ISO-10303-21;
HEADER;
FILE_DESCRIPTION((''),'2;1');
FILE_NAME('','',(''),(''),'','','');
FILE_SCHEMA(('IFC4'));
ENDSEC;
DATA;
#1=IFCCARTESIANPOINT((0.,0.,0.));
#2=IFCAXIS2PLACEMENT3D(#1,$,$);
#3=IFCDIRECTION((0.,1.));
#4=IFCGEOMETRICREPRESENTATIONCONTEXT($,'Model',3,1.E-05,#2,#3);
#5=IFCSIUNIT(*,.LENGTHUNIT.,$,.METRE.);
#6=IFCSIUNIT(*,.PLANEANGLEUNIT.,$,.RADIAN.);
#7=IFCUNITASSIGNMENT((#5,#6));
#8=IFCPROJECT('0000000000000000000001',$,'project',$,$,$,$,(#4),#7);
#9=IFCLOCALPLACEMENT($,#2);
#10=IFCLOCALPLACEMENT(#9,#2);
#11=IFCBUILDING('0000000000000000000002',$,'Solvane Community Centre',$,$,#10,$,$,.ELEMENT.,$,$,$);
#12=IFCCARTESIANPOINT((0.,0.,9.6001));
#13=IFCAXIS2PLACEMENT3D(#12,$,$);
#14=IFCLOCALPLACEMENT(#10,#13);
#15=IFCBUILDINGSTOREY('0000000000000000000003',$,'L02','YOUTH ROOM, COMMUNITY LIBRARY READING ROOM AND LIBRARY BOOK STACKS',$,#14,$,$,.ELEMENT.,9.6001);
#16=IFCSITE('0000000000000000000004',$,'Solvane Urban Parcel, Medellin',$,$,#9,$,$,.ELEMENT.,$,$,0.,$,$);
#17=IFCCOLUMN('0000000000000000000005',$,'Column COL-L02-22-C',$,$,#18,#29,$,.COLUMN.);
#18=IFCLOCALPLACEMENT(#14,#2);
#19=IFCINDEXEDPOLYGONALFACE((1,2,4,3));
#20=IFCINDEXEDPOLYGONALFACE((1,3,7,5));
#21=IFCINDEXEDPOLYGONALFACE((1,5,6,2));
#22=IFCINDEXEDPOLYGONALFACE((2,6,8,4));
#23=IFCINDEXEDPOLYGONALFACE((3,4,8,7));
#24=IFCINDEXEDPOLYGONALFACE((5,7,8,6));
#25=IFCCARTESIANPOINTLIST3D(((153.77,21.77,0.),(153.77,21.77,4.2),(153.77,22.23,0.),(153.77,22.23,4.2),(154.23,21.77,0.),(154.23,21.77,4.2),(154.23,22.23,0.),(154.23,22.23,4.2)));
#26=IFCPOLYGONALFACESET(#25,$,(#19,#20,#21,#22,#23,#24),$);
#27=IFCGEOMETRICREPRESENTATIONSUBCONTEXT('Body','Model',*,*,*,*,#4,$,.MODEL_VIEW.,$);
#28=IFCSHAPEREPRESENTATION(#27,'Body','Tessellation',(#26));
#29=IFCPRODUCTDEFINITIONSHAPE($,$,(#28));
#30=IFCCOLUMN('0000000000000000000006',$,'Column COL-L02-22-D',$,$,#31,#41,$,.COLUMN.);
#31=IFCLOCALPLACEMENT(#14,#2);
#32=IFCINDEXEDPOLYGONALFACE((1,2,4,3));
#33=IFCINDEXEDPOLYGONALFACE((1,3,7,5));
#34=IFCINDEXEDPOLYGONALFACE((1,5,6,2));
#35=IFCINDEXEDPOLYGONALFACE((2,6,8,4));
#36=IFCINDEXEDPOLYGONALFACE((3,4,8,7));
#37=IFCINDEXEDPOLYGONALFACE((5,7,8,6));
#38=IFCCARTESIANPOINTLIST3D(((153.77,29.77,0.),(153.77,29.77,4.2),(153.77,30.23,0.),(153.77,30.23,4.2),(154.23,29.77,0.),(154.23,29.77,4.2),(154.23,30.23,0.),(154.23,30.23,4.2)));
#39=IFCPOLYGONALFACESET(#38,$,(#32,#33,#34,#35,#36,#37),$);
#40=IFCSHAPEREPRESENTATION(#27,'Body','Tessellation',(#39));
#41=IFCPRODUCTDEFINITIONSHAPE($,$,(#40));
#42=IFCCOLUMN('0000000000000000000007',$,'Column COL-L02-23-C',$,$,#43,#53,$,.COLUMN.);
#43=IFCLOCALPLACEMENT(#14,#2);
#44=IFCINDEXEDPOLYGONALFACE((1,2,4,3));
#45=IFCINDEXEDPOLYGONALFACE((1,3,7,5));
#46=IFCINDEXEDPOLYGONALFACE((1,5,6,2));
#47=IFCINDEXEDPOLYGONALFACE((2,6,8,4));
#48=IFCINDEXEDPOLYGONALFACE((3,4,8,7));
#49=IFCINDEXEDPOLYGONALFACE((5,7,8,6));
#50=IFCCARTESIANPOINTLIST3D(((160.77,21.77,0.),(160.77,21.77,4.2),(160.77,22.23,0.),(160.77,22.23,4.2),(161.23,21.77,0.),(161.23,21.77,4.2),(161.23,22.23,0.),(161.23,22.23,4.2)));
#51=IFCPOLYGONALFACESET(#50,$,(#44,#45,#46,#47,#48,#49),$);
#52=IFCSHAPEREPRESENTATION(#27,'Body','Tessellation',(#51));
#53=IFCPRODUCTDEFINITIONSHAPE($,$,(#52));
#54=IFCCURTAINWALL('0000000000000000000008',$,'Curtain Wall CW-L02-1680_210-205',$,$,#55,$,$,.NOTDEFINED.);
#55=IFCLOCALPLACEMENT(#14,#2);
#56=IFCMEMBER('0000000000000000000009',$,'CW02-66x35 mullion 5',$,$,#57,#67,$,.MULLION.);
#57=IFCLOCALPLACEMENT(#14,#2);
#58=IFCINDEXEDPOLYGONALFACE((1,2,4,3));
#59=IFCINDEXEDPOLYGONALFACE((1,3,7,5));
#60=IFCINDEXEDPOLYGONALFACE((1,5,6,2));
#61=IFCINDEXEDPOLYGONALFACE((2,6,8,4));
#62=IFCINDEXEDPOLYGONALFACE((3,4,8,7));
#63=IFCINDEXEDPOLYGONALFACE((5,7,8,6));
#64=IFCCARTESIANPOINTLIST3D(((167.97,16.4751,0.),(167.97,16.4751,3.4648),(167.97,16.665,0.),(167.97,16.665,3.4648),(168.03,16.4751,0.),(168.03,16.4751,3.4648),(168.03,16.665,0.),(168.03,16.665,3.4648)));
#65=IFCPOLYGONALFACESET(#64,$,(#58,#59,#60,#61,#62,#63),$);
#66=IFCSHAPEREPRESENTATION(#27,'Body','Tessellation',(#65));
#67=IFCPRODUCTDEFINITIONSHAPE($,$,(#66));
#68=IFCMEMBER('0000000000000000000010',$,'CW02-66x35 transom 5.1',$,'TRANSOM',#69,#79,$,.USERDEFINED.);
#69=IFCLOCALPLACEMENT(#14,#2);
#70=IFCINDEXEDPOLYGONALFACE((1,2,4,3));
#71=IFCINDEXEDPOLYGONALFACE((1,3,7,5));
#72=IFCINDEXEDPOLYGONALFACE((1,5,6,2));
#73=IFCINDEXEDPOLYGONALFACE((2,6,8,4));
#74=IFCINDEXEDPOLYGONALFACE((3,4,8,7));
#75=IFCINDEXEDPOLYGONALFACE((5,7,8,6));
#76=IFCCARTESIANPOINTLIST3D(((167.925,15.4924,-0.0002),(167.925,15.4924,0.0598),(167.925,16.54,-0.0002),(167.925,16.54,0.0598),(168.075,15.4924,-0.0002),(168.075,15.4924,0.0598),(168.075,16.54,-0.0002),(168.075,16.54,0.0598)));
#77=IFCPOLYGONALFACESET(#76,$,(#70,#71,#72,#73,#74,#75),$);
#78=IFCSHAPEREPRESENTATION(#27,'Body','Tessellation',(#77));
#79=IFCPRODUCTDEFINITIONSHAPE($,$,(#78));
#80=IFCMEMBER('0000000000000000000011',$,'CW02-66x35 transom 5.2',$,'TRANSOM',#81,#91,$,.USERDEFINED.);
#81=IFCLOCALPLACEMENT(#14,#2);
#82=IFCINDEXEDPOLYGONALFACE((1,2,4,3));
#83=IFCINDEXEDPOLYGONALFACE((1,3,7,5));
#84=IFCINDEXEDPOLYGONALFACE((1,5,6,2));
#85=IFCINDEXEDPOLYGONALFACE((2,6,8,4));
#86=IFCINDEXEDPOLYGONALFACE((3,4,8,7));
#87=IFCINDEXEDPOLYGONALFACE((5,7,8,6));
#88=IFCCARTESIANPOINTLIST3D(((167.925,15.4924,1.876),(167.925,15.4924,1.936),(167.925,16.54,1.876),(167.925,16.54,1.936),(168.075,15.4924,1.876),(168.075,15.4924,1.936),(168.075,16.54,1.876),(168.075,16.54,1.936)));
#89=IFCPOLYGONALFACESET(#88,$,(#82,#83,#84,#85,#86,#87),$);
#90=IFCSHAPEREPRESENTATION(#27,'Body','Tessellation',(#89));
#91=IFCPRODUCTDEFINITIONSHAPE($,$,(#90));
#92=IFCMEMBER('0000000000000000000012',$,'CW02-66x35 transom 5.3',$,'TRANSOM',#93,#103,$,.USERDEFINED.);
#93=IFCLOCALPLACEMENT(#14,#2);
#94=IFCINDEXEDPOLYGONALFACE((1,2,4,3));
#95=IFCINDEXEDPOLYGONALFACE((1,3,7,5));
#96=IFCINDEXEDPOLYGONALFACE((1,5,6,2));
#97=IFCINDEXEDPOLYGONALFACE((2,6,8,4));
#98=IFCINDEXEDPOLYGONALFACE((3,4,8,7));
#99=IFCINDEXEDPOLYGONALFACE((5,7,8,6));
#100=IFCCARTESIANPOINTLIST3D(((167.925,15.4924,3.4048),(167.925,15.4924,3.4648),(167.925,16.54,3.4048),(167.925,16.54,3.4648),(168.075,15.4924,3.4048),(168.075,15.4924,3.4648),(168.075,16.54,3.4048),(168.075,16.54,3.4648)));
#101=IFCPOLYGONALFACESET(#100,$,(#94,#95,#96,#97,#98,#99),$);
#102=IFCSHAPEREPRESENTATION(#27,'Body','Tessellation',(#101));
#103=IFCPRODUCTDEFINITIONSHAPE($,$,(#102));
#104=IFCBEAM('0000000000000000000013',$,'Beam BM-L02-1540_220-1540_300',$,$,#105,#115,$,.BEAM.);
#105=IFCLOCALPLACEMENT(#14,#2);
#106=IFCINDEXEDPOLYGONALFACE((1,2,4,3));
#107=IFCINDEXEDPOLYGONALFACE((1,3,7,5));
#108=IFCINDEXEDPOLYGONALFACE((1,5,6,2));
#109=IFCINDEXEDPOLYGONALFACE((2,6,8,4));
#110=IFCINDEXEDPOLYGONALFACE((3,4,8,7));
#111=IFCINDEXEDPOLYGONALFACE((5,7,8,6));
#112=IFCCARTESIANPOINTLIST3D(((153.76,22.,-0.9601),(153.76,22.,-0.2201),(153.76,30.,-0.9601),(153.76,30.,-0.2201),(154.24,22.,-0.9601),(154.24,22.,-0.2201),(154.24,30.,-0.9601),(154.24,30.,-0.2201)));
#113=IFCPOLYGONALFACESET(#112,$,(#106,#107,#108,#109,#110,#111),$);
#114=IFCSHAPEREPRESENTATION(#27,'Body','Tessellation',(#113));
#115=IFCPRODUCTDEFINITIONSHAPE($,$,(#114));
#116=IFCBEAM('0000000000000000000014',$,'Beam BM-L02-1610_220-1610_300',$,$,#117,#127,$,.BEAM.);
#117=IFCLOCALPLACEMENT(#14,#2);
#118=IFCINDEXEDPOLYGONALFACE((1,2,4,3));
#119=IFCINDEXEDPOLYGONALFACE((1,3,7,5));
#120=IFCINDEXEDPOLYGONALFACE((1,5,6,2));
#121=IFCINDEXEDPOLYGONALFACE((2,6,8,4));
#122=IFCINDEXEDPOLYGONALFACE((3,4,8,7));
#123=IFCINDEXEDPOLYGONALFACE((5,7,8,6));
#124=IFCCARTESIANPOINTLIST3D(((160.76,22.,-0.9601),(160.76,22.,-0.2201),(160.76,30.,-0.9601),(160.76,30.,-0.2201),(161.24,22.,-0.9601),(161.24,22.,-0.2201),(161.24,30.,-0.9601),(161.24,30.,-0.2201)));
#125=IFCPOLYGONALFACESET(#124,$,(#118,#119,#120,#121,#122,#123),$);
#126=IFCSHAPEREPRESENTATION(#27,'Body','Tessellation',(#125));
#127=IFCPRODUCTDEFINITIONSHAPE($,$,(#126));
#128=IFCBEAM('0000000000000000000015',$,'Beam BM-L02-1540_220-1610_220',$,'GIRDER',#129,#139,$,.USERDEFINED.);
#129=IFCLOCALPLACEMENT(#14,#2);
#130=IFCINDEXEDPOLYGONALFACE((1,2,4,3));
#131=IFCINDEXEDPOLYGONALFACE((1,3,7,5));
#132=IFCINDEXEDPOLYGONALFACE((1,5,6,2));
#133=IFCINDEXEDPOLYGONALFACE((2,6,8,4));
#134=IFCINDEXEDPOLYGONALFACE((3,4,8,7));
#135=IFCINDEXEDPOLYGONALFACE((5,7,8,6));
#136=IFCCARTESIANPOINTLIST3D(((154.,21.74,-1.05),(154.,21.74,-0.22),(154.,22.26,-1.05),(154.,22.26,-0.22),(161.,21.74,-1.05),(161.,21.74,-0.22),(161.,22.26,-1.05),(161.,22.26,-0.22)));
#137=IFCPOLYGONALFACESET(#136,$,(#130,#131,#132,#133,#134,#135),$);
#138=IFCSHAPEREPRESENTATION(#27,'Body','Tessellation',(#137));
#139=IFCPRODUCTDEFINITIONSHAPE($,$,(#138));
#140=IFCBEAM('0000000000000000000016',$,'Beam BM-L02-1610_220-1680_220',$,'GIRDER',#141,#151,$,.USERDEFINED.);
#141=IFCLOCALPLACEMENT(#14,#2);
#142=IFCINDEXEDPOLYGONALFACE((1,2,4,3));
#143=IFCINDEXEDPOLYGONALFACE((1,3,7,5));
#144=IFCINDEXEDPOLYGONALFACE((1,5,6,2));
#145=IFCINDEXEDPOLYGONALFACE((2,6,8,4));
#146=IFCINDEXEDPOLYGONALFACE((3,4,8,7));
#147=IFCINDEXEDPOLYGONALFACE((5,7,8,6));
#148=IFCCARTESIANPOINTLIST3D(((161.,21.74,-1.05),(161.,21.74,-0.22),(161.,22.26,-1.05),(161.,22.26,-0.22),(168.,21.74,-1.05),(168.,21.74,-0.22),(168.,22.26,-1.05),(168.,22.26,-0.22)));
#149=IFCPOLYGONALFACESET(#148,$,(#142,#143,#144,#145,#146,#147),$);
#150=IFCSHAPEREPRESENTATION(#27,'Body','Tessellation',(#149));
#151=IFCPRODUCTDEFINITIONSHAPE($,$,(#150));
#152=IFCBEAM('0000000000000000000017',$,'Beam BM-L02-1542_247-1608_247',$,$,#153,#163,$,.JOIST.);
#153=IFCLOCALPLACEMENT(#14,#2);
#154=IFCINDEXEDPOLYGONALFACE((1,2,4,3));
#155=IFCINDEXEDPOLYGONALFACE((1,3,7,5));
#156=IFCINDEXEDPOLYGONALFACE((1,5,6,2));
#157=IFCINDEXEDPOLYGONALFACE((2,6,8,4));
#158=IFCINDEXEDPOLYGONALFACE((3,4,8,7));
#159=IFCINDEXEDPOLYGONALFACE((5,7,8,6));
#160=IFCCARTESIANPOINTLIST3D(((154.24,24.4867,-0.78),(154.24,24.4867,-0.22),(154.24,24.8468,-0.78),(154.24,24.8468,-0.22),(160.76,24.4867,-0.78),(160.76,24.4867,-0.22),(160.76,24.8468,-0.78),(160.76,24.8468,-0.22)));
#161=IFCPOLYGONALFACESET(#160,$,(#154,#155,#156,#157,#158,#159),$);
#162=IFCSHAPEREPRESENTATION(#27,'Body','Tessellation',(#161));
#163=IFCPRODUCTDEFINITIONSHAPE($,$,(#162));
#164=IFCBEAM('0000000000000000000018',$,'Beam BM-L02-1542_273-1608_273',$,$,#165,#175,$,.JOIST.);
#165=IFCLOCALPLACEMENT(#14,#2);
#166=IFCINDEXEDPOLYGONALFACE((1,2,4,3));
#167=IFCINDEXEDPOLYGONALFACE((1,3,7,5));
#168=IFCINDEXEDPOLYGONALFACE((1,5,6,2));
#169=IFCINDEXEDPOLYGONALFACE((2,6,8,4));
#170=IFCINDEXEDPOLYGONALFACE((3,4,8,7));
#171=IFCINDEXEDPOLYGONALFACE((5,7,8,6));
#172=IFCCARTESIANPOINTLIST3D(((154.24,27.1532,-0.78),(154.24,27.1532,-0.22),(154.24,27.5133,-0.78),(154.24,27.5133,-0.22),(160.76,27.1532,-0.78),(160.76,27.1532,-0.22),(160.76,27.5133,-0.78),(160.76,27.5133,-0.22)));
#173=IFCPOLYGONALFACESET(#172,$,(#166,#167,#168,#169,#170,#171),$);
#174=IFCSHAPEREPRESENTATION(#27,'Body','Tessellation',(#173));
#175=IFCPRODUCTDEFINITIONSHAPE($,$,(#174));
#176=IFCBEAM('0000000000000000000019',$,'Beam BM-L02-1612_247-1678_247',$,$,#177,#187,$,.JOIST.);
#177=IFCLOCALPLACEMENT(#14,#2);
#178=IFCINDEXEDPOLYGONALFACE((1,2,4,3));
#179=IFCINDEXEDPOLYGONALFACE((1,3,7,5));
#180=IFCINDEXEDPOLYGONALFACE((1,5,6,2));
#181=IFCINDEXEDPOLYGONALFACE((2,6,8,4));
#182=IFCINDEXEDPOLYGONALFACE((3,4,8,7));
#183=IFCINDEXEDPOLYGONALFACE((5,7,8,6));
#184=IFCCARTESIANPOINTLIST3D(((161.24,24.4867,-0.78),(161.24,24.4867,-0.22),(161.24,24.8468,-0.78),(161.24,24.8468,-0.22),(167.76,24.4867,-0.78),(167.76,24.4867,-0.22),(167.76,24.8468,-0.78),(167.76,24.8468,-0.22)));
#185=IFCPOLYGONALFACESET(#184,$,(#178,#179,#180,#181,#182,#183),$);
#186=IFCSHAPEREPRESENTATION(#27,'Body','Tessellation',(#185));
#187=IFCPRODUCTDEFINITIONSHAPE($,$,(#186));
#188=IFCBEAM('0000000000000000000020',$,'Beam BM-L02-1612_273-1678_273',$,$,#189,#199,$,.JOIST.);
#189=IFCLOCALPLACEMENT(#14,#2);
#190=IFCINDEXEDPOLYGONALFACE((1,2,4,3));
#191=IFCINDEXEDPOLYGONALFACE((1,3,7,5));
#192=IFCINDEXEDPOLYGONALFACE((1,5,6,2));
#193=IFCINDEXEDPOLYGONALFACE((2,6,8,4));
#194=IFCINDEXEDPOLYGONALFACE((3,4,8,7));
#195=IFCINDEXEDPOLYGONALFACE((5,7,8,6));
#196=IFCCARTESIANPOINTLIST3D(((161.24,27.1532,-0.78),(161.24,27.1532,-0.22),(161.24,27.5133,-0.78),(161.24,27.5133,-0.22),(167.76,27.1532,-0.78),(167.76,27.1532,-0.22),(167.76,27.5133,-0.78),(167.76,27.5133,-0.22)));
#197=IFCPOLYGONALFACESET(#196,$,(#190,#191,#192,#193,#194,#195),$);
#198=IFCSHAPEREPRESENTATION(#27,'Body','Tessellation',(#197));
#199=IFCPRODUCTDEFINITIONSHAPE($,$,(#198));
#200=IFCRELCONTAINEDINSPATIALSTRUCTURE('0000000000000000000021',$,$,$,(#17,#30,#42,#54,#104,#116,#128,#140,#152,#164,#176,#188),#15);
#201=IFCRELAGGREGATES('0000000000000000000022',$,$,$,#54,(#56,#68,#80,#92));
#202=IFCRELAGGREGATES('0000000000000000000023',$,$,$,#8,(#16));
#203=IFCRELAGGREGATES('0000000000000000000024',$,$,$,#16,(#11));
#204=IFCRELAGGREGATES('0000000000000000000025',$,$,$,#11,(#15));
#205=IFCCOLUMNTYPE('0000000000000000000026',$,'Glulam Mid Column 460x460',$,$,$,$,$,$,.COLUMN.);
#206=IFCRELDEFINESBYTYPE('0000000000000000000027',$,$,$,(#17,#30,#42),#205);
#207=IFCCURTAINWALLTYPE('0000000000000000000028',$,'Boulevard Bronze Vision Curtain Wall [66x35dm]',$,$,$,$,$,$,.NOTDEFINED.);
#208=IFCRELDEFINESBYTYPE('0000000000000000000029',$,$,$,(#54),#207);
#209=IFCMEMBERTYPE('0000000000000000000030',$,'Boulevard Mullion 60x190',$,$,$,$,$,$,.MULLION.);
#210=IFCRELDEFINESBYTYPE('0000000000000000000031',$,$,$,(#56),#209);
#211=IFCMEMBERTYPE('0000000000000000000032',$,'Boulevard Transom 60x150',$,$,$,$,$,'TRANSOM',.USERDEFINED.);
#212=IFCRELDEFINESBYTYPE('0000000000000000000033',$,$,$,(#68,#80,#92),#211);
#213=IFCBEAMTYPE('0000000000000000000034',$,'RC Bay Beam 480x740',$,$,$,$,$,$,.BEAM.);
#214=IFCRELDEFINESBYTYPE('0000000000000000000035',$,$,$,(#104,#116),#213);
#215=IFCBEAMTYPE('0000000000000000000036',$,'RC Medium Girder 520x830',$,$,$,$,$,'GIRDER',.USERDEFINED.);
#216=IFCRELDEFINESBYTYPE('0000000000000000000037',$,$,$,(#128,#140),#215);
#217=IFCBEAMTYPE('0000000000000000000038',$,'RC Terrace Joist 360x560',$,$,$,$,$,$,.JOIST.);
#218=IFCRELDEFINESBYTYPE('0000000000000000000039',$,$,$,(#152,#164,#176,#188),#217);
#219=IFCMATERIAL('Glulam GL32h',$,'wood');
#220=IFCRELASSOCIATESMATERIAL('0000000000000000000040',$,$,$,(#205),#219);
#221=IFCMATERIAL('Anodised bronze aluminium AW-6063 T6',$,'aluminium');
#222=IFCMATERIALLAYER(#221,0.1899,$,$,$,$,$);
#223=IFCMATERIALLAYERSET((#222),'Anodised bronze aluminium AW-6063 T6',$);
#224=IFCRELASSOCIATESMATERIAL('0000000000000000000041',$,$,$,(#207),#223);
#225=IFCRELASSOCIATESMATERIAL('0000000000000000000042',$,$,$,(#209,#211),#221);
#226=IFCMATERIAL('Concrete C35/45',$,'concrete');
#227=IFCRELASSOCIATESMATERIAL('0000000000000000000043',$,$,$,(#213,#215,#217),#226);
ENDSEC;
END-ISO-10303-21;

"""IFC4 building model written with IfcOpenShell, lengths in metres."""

from ifc_helpers import new_model, si_unit, direction, frame, origin, origin_2d, place, context, subcontext, project, spatial, rectangle, extrude, material, layer, layer_set, material_profile, profile_set, type_object, element, aggregate, save


model = new_model("IFC4")

# Units and contexts
model_context = context("Model", 3, precision=1e-05, world=origin(), true_north=direction((0.0, 1.0)))
body_context = subcontext(model_context, "Body", "Model", "MODEL_VIEW")
ifc_project = project(units=[si_unit("LENGTHUNIT", "METRE"), si_unit("PLANEANGLEUNIT", "RADIAN")], contexts=[model_context])

# Site, building, storey
site_placement = place(None, origin())
site = spatial("IfcSite", under=ifc_project, at=site_placement, Name="Solvane Urban Parcel, Medellin", CompositionType="ELEMENT", RefElevation=0.0)
building_placement = place(site_placement, origin())
building = spatial("IfcBuilding", under=site, at=building_placement, Name="Solvane Community Centre", CompositionType="ELEMENT")
storey_placement = place(building_placement, frame((0.0, 0.0, 9.6001)))
storey = spatial("IfcBuildingStorey", under=building, at=storey_placement, Name="L02", Description="YOUTH ROOM, COMMUNITY LIBRARY READING ROOM AND LIBRARY BOOK STACKS", CompositionType="ELEMENT", Elevation=9.6001)

# Columns
ifc_material_1 = material(Name="Glulam GL32h", Category="wood")
ifc_material_profile_1 = material_profile(ifc_material_1, rectangle(XDim=0.46, YDim=0.46, at=origin_2d()), Name="GL32h 460x460")
ifc_profile_set_1 = profile_set([ifc_material_profile_1], Name="Glulam GL32h")
column_type = type_object("IfcColumnType", Name="Glulam Mid Column 460x460", PredefinedType="COLUMN", material=ifc_profile_set_1)
for number, where, z_axis, x_axis, name in (
    (1, (154.0, 22.0, 0.0), (0.0, 0.0, 1.0), (1.0, 0.0, 0.0), "Column COL-L02-22-C"),
    (2, (154.0, 30.0, 0.0), (0.0, 0.0, 1.0), (1.0, 0.0, 0.0), "Column COL-L02-22-D"),
    (3, (161.0, 22.0, 0.0), (0.0, 0.0, 1.0), (1.0, 0.0, 0.0), "Column COL-L02-23-C"),
):
    element("IfcColumn", number, at=place(storey_placement, frame(where, z_axis=z_axis, x_axis=x_axis)), inside=storey, type_object=column_type, Name=name, PredefinedType="COLUMN", context=body_context, shape_type="SweptSolid", body=[
        extrude(rectangle(XDim=0.46, YDim=0.46, at=origin_2d()), origin(), (0.0, 0.0, 1.0), 4.2),
    ])

# Curtain wall, members
ifc_material_2 = material(Name="Anodised bronze aluminium AW-6063 T6", Category="aluminium")
ifc_layer_1 = layer(ifc_material_2, 0.1899)
ifc_layer_set_1 = layer_set([ifc_layer_1], Name="Anodised bronze aluminium AW-6063 T6")
curtain_wall_type = type_object("IfcCurtainWallType", Name="Boulevard Bronze Vision Curtain Wall [66x35dm]", PredefinedType="NOTDEFINED", material=ifc_layer_set_1)
curtain_wall_placement = place(storey_placement, origin())
curtain_wall = element("IfcCurtainWall", 4, at=curtain_wall_placement, inside=storey, type_object=curtain_wall_type, Name="Curtain Wall CW-L02-1680_210-205", PredefinedType="NOTDEFINED")
ifc_material_profile_2 = material_profile(ifc_material_2, rectangle(XDim=0.0601, YDim=0.1899, at=origin_2d()), Name="CW-M 60x190")
ifc_profile_set_2 = profile_set([ifc_material_profile_2], Name="Anodised bronze aluminium AW-6063 T6")
member_type_1 = type_object("IfcMemberType", Name="Boulevard Mullion 60x190", PredefinedType="MULLION", material=ifc_profile_set_2)
member_1_placement = place(storey_placement, frame((168.0, 16.5701, 0.0), z_axis=(0.0, 0.0, 1.0), x_axis=(1.0, 0.0, 0.0)))
member_1 = element("IfcMember", 5, at=member_1_placement, type_object=member_type_1, Name="CW02-66x35 mullion 5", PredefinedType="MULLION", context=body_context, shape_type="SweptSolid", body=[
    extrude(rectangle(XDim=0.0601, YDim=0.1899, at=origin_2d()), origin(), (0.0, 0.0, 1.0), 3.4648),
])
ifc_material_profile_3 = material_profile(ifc_material_2, rectangle(XDim=0.1499, YDim=0.0601, at=origin_2d()), Name="CW-T 60x150")
ifc_profile_set_3 = profile_set([ifc_material_profile_3], Name="Anodised bronze aluminium AW-6063 T6")
member_type_2 = type_object("IfcMemberType", Name="Boulevard Transom 60x150", ElementType="TRANSOM", PredefinedType="USERDEFINED", material=ifc_profile_set_3)
member_2_placement = place(storey_placement, frame((168.0, 16.54, 0.0298), z_axis=(0.0, -1.0, 0.0), x_axis=(1.0, 0.0, 0.0)))
member_2 = element("IfcMember", 6, at=member_2_placement, type_object=member_type_2, Name="CW02-66x35 transom 5.1", ObjectType="TRANSOM", PredefinedType="USERDEFINED", context=body_context, shape_type="SweptSolid", body=[
    extrude(rectangle(XDim=0.1499, YDim=0.0601, at=origin_2d()), origin(), (0.0, 0.0, 1.0), 1.0476),
])
member_3_placement = place(storey_placement, frame((168.0, 16.54, 1.906), z_axis=(0.0, -1.0, 0.0), x_axis=(1.0, 0.0, 0.0)))
member_3 = element("IfcMember", 7, at=member_3_placement, type_object=member_type_2, Name="CW02-66x35 transom 5.2", ObjectType="TRANSOM", PredefinedType="USERDEFINED", context=body_context, shape_type="SweptSolid", body=[
    extrude(rectangle(XDim=0.1499, YDim=0.0601, at=origin_2d()), origin(), (0.0, 0.0, 1.0), 1.0476),
])
member_4_placement = place(storey_placement, frame((168.0, 16.54, 3.4348), z_axis=(0.0, -1.0, 0.0), x_axis=(1.0, 0.0, 0.0)))
member_4 = element("IfcMember", 8, at=member_4_placement, type_object=member_type_2, Name="CW02-66x35 transom 5.3", ObjectType="TRANSOM", PredefinedType="USERDEFINED", context=body_context, shape_type="SweptSolid", body=[
    extrude(rectangle(XDim=0.1499, YDim=0.0601, at=origin_2d()), origin(), (0.0, 0.0, 1.0), 1.0476),
])

# Beams
ifc_material_3 = material(Name="Concrete C35/45", Category="concrete")
ifc_material_profile_4 = material_profile(ifc_material_3, rectangle(XDim=0.48, YDim=0.74, at=origin_2d()), Name="RC 480x740")
ifc_profile_set_4 = profile_set([ifc_material_profile_4], Name="Concrete C35/45")
beam_type_1 = type_object("IfcBeamType", Name="RC Bay Beam 480x740", PredefinedType="BEAM", material=ifc_profile_set_4)
for number, where, z_axis, x_axis, name in (
    (9, (154.0, 22.0, -0.5901), (0.0, 1.0, 0.0), (-1.0, 0.0, 0.0), "Beam BM-L02-1540_220-1540_300"),
    (10, (161.0, 22.0, -0.5901), (0.0, 1.0, 0.0), (-1.0, 0.0, 0.0), "Beam BM-L02-1610_220-1610_300"),
):
    element("IfcBeam", number, at=place(storey_placement, frame(where, z_axis=z_axis, x_axis=x_axis)), inside=storey, type_object=beam_type_1, Name=name, PredefinedType="BEAM", context=body_context, shape_type="SweptSolid", body=[
        extrude(rectangle(XDim=0.48, YDim=0.74, at=origin_2d()), origin(), (0.0, 0.0, 1.0), 8.0),
    ])
ifc_material_profile_5 = material_profile(ifc_material_3, rectangle(XDim=0.52, YDim=0.8301, at=origin_2d()), Name="RC 520x830")
ifc_profile_set_5 = profile_set([ifc_material_profile_5], Name="Concrete C35/45")
beam_type_2 = type_object("IfcBeamType", Name="RC Medium Girder 520x830", ElementType="GIRDER", PredefinedType="USERDEFINED", material=ifc_profile_set_5)
for number, where, z_axis, x_axis, name in (
    (11, (154.0, 22.0, -0.635), (1.0, 0.0, 0.0), (0.0, 1.0, 0.0), "Beam BM-L02-1540_220-1610_220"),
    (12, (161.0, 22.0, -0.635), (1.0, 0.0, 0.0), (0.0, 1.0, 0.0), "Beam BM-L02-1610_220-1680_220"),
):
    element("IfcBeam", number, at=place(storey_placement, frame(where, z_axis=z_axis, x_axis=x_axis)), inside=storey, type_object=beam_type_2, Name=name, ObjectType="GIRDER", PredefinedType="USERDEFINED", context=body_context, shape_type="SweptSolid", body=[
        extrude(rectangle(XDim=0.52, YDim=0.8301, at=origin_2d()), origin(), (0.0, 0.0, 1.0), 7.0),
    ])
ifc_material_profile_6 = material_profile(ifc_material_3, rectangle(XDim=0.3601, YDim=0.5601, at=origin_2d()), Name="RC 360x560")
ifc_profile_set_6 = profile_set([ifc_material_profile_6], Name="Concrete C35/45")
beam_type_3 = type_object("IfcBeamType", Name="RC Terrace Joist 360x560", PredefinedType="JOIST", material=ifc_profile_set_6)
for number, where, z_axis, x_axis, name in (
    (13, (154.24, 24.6667, -0.5), (1.0, 0.0, 0.0), (0.0, 1.0, 0.0), "Beam BM-L02-1542_247-1608_247"),
    (14, (154.24, 27.3333, -0.5), (1.0, 0.0, 0.0), (0.0, 1.0, 0.0), "Beam BM-L02-1542_273-1608_273"),
    (15, (161.24, 24.6667, -0.5), (1.0, 0.0, 0.0), (0.0, 1.0, 0.0), "Beam BM-L02-1612_247-1678_247"),
    (16, (161.24, 27.3333, -0.5), (1.0, 0.0, 0.0), (0.0, 1.0, 0.0), "Beam BM-L02-1612_273-1678_273"),
):
    element("IfcBeam", number, at=place(storey_placement, frame(where, z_axis=z_axis, x_axis=x_axis)), inside=storey, type_object=beam_type_3, Name=name, PredefinedType="JOIST", context=body_context, shape_type="SweptSolid", body=[
        extrude(rectangle(XDim=0.3601, YDim=0.5601, at=origin_2d()), origin(), (0.0, 0.0, 1.0), 6.52),
    ])

aggregate(curtain_wall, [member_1, member_2, member_3, member_4])

save(model, "model.ifc")
